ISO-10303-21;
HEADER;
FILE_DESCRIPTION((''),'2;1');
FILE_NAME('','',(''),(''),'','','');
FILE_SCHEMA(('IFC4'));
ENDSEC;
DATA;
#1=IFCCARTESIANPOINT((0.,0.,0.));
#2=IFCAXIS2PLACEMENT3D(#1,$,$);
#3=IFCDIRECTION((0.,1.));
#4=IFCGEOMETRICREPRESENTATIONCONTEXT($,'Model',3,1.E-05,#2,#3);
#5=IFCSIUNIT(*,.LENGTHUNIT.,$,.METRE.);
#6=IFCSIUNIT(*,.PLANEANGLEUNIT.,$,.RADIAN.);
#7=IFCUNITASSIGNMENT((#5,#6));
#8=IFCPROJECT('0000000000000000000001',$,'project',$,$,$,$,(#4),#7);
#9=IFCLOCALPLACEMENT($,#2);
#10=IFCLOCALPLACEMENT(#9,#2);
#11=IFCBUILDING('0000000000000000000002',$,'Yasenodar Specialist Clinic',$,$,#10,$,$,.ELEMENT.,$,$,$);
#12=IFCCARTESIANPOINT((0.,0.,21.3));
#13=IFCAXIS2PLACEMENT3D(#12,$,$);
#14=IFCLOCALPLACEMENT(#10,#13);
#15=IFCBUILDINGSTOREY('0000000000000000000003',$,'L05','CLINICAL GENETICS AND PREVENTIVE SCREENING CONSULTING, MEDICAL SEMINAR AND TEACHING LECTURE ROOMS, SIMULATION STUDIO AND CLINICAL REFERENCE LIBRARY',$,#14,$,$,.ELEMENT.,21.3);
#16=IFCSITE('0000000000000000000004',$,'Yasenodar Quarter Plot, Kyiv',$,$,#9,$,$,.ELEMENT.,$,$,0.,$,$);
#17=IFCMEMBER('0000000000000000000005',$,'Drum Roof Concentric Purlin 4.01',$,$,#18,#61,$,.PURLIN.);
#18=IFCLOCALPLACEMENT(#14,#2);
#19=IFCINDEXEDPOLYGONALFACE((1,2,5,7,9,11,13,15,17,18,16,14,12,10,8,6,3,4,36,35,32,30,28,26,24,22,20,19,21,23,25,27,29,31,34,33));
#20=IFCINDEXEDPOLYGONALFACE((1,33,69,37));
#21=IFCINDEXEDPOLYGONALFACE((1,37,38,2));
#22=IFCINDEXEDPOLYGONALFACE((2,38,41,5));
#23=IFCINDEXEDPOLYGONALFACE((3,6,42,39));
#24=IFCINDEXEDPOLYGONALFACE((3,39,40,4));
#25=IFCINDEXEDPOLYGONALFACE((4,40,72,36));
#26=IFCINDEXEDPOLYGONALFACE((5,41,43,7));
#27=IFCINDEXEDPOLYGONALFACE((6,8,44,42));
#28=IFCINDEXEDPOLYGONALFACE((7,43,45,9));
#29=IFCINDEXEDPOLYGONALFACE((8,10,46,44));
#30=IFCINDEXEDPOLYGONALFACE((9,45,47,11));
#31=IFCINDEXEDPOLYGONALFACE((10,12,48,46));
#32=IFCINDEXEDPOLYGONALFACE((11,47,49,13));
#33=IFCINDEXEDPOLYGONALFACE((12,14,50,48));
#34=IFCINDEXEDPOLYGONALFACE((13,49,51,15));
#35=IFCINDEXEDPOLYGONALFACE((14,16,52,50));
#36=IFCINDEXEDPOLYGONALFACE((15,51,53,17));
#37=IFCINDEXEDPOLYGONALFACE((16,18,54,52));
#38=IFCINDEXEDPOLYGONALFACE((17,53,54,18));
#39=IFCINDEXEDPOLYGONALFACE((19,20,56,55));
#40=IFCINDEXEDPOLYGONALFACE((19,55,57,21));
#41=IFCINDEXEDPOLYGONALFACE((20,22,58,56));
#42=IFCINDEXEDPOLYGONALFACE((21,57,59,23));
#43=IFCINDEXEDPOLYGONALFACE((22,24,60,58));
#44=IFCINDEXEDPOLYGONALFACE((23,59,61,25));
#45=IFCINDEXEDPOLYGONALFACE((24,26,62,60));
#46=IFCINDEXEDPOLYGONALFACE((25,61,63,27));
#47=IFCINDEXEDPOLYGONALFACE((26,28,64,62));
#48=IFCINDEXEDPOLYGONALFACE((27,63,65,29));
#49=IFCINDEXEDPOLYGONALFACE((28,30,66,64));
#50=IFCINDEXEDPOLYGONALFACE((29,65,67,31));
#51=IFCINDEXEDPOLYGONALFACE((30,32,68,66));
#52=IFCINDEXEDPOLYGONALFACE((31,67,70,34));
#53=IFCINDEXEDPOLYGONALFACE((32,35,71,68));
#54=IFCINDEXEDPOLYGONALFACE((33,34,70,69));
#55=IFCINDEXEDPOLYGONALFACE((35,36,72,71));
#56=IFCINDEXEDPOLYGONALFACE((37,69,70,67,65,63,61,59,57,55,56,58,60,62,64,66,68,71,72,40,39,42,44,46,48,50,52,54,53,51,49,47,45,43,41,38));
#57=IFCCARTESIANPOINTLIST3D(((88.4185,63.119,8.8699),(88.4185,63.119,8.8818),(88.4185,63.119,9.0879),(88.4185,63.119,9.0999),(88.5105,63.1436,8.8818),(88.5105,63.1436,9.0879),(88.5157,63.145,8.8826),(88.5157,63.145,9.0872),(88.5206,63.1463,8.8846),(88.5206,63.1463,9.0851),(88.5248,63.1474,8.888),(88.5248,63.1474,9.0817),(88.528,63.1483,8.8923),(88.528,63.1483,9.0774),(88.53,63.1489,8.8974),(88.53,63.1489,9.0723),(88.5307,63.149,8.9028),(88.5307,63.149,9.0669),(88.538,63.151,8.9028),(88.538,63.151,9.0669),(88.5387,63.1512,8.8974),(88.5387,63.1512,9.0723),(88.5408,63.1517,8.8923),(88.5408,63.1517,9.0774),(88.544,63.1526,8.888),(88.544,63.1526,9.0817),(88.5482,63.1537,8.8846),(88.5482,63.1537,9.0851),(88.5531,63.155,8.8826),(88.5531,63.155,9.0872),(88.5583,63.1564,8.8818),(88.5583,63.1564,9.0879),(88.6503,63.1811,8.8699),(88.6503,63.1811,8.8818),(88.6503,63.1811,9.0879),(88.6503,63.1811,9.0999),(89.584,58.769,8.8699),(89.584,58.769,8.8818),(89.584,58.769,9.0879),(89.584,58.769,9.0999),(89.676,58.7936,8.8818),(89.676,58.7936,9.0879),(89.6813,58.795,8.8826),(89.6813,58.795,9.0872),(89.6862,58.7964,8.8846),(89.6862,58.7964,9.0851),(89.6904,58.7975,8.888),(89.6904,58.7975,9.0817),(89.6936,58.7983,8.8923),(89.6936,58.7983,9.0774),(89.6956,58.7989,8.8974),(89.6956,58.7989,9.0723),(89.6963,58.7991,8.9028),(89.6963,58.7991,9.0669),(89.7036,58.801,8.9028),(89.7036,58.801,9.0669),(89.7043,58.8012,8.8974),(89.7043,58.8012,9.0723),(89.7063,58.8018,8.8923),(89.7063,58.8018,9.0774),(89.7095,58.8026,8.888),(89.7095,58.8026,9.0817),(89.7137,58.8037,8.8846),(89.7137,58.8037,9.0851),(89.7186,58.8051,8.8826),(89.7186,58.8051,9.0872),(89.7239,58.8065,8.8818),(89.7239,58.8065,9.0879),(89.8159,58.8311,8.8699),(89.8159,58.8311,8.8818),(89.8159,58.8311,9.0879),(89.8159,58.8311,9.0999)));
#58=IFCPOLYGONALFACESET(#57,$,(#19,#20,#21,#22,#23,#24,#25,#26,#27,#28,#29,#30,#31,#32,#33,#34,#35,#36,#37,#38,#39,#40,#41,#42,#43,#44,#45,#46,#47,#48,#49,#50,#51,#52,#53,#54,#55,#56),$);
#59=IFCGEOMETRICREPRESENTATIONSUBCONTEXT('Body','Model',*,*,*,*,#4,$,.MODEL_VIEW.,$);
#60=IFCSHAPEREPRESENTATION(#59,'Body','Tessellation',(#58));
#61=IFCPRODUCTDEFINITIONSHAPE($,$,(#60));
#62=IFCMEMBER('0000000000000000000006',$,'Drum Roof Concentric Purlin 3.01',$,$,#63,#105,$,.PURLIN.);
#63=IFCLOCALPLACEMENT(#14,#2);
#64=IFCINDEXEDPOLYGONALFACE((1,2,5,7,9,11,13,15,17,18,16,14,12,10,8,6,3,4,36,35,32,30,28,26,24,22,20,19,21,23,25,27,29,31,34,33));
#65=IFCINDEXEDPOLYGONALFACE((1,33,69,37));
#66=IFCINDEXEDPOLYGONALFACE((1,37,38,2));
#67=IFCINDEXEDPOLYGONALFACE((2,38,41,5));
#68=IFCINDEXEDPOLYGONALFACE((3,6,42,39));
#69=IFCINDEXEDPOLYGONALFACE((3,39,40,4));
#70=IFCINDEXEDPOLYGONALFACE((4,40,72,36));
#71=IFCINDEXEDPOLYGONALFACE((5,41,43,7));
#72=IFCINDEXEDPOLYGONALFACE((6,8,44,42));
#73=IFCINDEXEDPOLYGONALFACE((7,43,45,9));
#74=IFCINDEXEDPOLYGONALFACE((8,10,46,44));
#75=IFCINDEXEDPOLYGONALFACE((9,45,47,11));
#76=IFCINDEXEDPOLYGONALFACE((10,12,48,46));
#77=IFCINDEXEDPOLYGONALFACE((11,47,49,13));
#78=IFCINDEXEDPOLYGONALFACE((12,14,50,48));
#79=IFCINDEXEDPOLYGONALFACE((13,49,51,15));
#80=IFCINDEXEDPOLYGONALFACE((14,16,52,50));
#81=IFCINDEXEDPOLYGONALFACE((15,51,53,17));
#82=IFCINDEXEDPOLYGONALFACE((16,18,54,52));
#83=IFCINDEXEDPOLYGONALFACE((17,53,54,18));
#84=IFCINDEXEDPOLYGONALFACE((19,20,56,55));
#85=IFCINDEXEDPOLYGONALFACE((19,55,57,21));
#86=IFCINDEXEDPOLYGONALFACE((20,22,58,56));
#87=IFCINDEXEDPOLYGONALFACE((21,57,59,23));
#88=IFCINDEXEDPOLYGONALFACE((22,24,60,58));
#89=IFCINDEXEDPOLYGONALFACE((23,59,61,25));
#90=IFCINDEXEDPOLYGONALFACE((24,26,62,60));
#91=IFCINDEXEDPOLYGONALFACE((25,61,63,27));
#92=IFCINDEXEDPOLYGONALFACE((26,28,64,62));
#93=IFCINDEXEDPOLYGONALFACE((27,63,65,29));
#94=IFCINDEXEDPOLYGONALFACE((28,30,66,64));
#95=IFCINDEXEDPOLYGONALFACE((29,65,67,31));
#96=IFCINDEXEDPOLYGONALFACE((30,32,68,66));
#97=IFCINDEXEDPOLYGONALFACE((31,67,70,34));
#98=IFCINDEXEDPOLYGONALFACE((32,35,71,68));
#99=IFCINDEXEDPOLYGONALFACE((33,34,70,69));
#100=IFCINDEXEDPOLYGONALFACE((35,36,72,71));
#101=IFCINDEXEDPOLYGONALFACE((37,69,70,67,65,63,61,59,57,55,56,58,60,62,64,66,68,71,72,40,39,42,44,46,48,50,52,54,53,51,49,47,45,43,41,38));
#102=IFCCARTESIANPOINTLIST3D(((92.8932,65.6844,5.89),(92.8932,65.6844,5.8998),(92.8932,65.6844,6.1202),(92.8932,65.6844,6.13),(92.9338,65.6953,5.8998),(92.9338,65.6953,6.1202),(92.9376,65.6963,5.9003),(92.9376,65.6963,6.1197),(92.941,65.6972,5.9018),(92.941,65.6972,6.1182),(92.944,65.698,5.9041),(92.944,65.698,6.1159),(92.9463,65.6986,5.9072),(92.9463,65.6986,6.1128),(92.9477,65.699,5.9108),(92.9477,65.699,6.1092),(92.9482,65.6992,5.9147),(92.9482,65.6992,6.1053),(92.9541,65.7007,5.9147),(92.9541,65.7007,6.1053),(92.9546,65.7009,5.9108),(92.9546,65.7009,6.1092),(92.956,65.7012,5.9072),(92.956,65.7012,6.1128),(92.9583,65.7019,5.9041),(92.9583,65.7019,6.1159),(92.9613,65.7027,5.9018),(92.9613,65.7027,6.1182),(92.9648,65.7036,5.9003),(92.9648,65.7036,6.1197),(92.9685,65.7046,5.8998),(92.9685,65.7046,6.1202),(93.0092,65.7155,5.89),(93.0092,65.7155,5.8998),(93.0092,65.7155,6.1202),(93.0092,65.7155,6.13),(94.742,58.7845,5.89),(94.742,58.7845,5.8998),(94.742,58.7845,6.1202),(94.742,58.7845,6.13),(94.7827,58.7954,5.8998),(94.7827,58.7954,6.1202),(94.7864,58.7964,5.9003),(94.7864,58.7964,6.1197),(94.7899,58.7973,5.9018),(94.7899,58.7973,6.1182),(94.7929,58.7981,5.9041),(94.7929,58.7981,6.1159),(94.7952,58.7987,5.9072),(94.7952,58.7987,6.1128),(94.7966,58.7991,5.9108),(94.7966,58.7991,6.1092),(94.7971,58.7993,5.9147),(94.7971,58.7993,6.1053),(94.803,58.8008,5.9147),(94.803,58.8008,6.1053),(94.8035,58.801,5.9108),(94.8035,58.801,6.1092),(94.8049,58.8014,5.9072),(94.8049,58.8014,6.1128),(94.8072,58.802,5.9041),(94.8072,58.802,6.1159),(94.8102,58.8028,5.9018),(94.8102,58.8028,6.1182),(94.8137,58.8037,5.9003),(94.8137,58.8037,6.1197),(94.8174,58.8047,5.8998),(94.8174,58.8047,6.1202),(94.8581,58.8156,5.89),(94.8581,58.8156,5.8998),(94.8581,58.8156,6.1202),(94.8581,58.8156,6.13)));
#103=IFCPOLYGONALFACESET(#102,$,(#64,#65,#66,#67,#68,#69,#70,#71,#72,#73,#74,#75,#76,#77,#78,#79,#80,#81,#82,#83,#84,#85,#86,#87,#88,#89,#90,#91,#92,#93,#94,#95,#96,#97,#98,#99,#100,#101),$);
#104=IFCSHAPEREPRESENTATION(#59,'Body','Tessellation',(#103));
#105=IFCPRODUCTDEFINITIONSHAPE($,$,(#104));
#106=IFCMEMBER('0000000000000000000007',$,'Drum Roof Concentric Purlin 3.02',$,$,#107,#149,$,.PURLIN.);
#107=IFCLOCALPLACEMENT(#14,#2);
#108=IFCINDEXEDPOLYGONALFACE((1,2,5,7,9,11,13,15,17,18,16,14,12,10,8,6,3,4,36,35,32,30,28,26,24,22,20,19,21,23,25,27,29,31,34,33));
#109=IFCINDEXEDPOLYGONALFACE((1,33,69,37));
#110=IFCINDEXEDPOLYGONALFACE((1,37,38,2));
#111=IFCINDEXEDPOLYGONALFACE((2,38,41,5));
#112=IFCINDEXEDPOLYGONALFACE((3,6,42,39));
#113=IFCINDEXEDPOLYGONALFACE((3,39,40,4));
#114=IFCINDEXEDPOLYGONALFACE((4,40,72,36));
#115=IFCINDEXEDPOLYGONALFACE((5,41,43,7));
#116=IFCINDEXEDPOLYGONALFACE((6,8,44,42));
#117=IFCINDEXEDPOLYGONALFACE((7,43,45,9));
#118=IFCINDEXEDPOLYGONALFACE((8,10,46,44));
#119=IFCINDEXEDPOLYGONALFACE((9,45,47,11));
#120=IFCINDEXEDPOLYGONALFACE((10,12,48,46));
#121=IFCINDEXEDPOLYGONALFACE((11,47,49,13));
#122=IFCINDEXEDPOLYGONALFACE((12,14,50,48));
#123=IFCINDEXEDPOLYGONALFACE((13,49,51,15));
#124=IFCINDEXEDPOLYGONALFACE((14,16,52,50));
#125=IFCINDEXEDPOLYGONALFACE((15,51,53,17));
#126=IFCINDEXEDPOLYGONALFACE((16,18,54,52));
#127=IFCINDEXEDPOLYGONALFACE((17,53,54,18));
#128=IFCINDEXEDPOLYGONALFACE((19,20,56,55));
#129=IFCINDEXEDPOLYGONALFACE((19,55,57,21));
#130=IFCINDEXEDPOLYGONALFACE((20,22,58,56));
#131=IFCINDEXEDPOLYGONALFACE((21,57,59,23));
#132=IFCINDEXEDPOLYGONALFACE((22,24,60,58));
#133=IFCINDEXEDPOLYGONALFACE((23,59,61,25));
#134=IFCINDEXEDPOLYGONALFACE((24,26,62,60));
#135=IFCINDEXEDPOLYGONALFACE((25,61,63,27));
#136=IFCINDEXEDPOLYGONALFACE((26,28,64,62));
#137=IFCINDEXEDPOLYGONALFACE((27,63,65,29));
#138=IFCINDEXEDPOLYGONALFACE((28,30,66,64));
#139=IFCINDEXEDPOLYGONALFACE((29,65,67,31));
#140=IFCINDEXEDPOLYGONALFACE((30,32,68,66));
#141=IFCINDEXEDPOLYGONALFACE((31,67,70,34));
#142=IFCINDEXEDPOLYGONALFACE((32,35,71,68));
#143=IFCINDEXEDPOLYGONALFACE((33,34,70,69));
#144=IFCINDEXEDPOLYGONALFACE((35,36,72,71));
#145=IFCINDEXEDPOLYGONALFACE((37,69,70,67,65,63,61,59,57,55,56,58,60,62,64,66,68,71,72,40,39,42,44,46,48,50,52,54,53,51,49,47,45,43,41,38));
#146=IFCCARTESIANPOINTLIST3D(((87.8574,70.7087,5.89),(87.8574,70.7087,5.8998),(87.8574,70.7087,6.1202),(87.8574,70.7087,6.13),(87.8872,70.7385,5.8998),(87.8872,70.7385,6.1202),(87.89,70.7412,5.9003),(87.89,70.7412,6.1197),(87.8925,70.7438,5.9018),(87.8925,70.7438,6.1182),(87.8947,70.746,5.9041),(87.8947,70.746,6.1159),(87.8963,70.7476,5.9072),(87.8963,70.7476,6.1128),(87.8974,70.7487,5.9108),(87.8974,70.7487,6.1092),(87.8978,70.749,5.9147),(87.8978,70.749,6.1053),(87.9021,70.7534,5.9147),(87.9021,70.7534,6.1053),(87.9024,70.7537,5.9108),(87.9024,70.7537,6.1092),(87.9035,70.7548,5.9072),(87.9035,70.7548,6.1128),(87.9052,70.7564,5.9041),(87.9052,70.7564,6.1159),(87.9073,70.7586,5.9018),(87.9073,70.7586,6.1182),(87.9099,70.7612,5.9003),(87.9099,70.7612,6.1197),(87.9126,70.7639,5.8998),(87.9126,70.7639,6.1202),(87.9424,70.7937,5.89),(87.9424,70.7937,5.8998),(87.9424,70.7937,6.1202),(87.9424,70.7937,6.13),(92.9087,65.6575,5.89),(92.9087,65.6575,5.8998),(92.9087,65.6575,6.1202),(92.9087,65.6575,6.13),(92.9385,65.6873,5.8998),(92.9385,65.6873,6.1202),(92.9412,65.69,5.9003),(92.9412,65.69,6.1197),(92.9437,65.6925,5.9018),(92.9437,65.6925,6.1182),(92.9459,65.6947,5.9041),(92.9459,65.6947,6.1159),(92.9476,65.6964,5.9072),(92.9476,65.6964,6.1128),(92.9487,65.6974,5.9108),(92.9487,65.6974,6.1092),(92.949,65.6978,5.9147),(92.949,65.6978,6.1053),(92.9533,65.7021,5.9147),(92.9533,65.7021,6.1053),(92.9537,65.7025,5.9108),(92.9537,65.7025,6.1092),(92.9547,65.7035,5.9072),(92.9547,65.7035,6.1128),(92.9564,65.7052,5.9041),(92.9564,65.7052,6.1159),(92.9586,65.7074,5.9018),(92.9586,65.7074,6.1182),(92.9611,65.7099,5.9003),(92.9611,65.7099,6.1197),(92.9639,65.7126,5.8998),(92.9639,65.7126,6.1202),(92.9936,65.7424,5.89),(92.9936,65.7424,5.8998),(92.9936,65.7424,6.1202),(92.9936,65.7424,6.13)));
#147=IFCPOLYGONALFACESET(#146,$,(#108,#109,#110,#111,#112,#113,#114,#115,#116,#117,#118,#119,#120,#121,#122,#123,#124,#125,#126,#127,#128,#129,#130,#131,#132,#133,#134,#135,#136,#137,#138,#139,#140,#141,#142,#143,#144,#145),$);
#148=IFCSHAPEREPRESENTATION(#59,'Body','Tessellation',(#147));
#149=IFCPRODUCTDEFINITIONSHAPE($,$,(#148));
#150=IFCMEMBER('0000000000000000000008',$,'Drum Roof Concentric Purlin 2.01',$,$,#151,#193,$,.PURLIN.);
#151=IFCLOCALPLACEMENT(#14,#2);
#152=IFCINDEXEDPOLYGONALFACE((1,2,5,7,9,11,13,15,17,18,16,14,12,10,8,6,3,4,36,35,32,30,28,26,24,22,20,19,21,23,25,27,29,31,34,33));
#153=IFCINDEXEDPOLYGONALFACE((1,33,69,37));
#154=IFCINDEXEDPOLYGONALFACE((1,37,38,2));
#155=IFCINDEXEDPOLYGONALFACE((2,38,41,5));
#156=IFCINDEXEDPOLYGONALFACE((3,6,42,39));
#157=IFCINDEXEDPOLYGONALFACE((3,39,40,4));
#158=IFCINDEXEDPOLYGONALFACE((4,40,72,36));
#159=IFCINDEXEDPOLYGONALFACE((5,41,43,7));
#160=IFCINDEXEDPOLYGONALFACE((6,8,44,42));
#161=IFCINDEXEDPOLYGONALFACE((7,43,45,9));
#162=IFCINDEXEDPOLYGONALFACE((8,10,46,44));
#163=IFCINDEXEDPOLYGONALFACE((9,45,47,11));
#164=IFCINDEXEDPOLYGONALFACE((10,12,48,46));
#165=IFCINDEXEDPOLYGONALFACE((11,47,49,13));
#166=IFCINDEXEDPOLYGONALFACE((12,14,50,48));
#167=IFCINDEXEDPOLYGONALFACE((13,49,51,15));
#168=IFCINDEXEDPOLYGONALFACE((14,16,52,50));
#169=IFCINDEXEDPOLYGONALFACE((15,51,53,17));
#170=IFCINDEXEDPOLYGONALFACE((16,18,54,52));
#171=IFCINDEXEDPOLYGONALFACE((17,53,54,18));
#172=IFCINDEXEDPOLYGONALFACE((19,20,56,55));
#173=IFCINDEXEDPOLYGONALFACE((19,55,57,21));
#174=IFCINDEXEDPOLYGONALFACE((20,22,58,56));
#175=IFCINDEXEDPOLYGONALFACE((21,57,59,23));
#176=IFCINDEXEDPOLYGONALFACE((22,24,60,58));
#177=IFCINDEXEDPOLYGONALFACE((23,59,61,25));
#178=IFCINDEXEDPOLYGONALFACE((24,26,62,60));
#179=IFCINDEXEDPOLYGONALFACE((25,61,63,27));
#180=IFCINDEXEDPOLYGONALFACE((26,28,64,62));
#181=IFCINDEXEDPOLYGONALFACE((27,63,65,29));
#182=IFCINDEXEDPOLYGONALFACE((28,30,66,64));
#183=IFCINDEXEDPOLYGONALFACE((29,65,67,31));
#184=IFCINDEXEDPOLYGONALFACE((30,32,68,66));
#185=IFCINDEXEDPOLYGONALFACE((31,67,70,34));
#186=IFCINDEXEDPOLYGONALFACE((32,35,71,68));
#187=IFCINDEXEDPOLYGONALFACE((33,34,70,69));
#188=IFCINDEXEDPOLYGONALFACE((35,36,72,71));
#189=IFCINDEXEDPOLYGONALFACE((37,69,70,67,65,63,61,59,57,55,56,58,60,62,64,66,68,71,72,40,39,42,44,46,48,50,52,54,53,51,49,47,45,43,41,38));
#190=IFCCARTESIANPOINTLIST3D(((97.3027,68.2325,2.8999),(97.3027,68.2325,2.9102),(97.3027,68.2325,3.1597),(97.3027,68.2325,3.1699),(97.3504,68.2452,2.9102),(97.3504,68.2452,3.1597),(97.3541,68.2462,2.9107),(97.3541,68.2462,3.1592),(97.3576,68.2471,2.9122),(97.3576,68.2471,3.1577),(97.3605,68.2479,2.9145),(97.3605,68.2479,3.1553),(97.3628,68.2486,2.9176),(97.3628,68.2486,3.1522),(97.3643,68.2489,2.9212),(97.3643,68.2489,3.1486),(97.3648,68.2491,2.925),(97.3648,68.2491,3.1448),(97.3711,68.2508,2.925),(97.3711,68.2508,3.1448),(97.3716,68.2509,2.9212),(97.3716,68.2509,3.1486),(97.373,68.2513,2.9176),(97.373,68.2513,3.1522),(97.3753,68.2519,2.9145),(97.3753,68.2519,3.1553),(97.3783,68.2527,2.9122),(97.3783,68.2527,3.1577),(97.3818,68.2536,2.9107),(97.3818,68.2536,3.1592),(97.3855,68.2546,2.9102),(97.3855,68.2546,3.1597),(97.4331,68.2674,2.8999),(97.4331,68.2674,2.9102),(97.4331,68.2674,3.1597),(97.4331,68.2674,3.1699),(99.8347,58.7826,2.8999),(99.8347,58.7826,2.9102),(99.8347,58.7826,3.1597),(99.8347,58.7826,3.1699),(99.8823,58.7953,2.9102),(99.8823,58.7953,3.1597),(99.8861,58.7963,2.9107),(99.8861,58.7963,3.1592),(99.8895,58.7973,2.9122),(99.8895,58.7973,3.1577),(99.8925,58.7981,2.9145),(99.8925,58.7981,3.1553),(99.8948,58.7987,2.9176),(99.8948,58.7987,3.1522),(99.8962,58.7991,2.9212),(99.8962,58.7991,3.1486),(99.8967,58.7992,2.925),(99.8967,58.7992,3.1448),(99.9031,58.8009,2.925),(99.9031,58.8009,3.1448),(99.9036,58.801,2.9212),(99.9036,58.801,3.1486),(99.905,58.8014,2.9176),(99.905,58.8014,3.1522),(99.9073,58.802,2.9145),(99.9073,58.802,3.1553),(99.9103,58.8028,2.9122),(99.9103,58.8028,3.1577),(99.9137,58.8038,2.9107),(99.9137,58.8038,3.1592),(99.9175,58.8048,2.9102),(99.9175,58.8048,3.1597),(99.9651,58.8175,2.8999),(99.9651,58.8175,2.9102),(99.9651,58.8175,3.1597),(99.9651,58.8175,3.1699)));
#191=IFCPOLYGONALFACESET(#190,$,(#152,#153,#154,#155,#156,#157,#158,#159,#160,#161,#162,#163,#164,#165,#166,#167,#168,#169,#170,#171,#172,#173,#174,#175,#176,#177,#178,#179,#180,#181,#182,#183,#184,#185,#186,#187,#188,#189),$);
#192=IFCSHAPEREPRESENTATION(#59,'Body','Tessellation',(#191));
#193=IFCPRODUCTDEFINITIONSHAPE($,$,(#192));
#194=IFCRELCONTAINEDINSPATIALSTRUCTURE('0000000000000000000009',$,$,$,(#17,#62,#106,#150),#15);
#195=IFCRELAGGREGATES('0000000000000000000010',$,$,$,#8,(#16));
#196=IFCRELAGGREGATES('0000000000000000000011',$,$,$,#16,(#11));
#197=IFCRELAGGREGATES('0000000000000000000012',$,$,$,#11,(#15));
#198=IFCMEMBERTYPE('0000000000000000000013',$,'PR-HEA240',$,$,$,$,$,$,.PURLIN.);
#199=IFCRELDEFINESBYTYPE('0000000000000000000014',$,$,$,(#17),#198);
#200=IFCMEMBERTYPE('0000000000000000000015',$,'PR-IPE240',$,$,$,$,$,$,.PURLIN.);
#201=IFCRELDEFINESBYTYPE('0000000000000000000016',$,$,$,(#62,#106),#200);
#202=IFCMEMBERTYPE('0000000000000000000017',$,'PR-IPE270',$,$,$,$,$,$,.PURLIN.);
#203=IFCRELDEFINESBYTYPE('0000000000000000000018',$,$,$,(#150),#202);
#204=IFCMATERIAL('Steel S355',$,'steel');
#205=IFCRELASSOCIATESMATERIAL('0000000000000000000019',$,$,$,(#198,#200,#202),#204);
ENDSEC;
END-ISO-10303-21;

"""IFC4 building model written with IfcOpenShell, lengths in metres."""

from ifc_helpers import new_model, si_unit, direction, frame, origin, origin_2d, place, context, subcontext, project, spatial, i_section, extrude, material, material_profile, profile_set, type_object, element, save


model = new_model("IFC4")

# Units and contexts
model_context = context("Model", 3, precision=1e-05, world=origin(), true_north=direction((0.0, 1.0)))
body_context = subcontext(model_context, "Body", "Model", "MODEL_VIEW")
ifc_project = project(units=[si_unit("LENGTHUNIT", "METRE"), si_unit("PLANEANGLEUNIT", "RADIAN")], contexts=[model_context])

# Site, building, storey
site_placement = place(None, origin())
site = spatial("IfcSite", under=ifc_project, at=site_placement, Name="Yasenodar Quarter Plot, Kyiv", CompositionType="ELEMENT", RefElevation=0.0)
building_placement = place(site_placement, origin())
building = spatial("IfcBuilding", under=site, at=building_placement, Name="Yasenodar Specialist Clinic", CompositionType="ELEMENT")
storey_placement = place(building_placement, frame((0.0, 0.0, 21.3)))
storey = spatial("IfcBuildingStorey", under=building, at=storey_placement, Name="L05", Description="CLINICAL GENETICS AND PREVENTIVE SCREENING CONSULTING, MEDICAL SEMINAR AND TEACHING LECTURE ROOMS, SIMULATION STUDIO AND CLINICAL REFERENCE LIBRARY", CompositionType="ELEMENT", Elevation=21.3)

# Members
ifc_material = material(Name="Steel S355", Category="steel")
ifc_material_profile_1 = material_profile(ifc_material, i_section(OverallWidth=0.24, OverallDepth=0.23, WebThickness=0.0076, FlangeThickness=0.012, FilletRadius=0.021, at=origin_2d()), Name="HEA 240")
ifc_profile_set_1 = profile_set([ifc_material_profile_1], Name="Steel S355")
member_type_1 = type_object("IfcMemberType", Name="PR-HEA240", PredefinedType="PURLIN", material=ifc_profile_set_1)
member_1_placement = place(storey_placement, frame((89.7, 58.8, 8.9849), z_axis=(-0.258816, 0.965927, 0.0), x_axis=(-0.965927, -0.258816, 0.0)))
element("IfcMember", 1, at=member_1_placement, inside=storey, type_object=member_type_1, Name="Drum Roof Concentric Purlin 4.01", PredefinedType="PURLIN", context=body_context, shape_type="SweptSolid", body=[
    extrude(i_section(OverallWidth=0.24, OverallDepth=0.23, WebThickness=0.0076, FlangeThickness=0.012, FilletRadius=0.021, at=origin_2d()), origin(), (0.0, 0.0, 1.0), 4.5034),
])
ifc_material_profile_2 = material_profile(ifc_material, i_section(OverallWidth=0.1201, OverallDepth=0.24, WebThickness=0.0061, FlangeThickness=0.0098, FilletRadius=0.0149, at=origin_2d()), Name="IPE 240")
ifc_profile_set_2 = profile_set([ifc_material_profile_2], Name="Steel S355")
member_type_2 = type_object("IfcMemberType", Name="PR-IPE240", PredefinedType="PURLIN", material=ifc_profile_set_2)
member_2_placement = place(storey_placement, frame((94.8, 58.8, 6.01), z_axis=(-0.258826, 0.965924, 0.0), x_axis=(-0.965924, -0.258826, 0.0)))
element("IfcMember", 2, at=member_2_placement, inside=storey, type_object=member_type_2, Name="Drum Roof Concentric Purlin 3.01", PredefinedType="PURLIN", context=body_context, shape_type="SweptSolid", body=[
    extrude(i_section(OverallWidth=0.1201, OverallDepth=0.24, WebThickness=0.0061, FlangeThickness=0.0098, FilletRadius=0.0149, at=origin_2d()), origin(), (0.0, 0.0, 1.0), 7.1433),
])
member_3_placement = place(storey_placement, frame((92.9512, 65.7, 6.01), z_axis=(-0.707107, 0.707107, 0.0), x_axis=(-0.707107, -0.707107, 0.0)))
element("IfcMember", 3, at=member_3_placement, inside=storey, type_object=member_type_2, Name="Drum Roof Concentric Purlin 3.02", PredefinedType="PURLIN", context=body_context, shape_type="SweptSolid", body=[
    extrude(i_section(OverallWidth=0.1201, OverallDepth=0.24, WebThickness=0.0061, FlangeThickness=0.0098, FilletRadius=0.0149, at=origin_2d()), origin(), (0.0, 0.0, 1.0), 7.1436),
])
ifc_material_profile_3 = material_profile(ifc_material, i_section(OverallWidth=0.135, OverallDepth=0.27, WebThickness=0.0066, FlangeThickness=0.0103, FilletRadius=0.0149, at=origin_2d()), Name="IPE 270")
ifc_profile_set_3 = profile_set([ifc_material_profile_3], Name="Steel S355")
member_type_3 = type_object("IfcMemberType", Name="PR-IPE270", PredefinedType="PURLIN", material=ifc_profile_set_3)
member_4_placement = place(storey_placement, frame((99.8999, 58.8, 3.0349), z_axis=(-0.258807, 0.965929, 0.0), x_axis=(-0.965929, -0.258807, 0.0)))
element("IfcMember", 4, at=member_4_placement, inside=storey, type_object=member_type_3, Name="Drum Roof Concentric Purlin 2.01", PredefinedType="PURLIN", context=body_context, shape_type="SweptSolid", body=[
    extrude(i_section(OverallWidth=0.135, OverallDepth=0.27, WebThickness=0.0066, FlangeThickness=0.0103, FilletRadius=0.0149, at=origin_2d()), origin(), (0.0, 0.0, 1.0), 9.7832),
])

save(model, "model.ifc")
